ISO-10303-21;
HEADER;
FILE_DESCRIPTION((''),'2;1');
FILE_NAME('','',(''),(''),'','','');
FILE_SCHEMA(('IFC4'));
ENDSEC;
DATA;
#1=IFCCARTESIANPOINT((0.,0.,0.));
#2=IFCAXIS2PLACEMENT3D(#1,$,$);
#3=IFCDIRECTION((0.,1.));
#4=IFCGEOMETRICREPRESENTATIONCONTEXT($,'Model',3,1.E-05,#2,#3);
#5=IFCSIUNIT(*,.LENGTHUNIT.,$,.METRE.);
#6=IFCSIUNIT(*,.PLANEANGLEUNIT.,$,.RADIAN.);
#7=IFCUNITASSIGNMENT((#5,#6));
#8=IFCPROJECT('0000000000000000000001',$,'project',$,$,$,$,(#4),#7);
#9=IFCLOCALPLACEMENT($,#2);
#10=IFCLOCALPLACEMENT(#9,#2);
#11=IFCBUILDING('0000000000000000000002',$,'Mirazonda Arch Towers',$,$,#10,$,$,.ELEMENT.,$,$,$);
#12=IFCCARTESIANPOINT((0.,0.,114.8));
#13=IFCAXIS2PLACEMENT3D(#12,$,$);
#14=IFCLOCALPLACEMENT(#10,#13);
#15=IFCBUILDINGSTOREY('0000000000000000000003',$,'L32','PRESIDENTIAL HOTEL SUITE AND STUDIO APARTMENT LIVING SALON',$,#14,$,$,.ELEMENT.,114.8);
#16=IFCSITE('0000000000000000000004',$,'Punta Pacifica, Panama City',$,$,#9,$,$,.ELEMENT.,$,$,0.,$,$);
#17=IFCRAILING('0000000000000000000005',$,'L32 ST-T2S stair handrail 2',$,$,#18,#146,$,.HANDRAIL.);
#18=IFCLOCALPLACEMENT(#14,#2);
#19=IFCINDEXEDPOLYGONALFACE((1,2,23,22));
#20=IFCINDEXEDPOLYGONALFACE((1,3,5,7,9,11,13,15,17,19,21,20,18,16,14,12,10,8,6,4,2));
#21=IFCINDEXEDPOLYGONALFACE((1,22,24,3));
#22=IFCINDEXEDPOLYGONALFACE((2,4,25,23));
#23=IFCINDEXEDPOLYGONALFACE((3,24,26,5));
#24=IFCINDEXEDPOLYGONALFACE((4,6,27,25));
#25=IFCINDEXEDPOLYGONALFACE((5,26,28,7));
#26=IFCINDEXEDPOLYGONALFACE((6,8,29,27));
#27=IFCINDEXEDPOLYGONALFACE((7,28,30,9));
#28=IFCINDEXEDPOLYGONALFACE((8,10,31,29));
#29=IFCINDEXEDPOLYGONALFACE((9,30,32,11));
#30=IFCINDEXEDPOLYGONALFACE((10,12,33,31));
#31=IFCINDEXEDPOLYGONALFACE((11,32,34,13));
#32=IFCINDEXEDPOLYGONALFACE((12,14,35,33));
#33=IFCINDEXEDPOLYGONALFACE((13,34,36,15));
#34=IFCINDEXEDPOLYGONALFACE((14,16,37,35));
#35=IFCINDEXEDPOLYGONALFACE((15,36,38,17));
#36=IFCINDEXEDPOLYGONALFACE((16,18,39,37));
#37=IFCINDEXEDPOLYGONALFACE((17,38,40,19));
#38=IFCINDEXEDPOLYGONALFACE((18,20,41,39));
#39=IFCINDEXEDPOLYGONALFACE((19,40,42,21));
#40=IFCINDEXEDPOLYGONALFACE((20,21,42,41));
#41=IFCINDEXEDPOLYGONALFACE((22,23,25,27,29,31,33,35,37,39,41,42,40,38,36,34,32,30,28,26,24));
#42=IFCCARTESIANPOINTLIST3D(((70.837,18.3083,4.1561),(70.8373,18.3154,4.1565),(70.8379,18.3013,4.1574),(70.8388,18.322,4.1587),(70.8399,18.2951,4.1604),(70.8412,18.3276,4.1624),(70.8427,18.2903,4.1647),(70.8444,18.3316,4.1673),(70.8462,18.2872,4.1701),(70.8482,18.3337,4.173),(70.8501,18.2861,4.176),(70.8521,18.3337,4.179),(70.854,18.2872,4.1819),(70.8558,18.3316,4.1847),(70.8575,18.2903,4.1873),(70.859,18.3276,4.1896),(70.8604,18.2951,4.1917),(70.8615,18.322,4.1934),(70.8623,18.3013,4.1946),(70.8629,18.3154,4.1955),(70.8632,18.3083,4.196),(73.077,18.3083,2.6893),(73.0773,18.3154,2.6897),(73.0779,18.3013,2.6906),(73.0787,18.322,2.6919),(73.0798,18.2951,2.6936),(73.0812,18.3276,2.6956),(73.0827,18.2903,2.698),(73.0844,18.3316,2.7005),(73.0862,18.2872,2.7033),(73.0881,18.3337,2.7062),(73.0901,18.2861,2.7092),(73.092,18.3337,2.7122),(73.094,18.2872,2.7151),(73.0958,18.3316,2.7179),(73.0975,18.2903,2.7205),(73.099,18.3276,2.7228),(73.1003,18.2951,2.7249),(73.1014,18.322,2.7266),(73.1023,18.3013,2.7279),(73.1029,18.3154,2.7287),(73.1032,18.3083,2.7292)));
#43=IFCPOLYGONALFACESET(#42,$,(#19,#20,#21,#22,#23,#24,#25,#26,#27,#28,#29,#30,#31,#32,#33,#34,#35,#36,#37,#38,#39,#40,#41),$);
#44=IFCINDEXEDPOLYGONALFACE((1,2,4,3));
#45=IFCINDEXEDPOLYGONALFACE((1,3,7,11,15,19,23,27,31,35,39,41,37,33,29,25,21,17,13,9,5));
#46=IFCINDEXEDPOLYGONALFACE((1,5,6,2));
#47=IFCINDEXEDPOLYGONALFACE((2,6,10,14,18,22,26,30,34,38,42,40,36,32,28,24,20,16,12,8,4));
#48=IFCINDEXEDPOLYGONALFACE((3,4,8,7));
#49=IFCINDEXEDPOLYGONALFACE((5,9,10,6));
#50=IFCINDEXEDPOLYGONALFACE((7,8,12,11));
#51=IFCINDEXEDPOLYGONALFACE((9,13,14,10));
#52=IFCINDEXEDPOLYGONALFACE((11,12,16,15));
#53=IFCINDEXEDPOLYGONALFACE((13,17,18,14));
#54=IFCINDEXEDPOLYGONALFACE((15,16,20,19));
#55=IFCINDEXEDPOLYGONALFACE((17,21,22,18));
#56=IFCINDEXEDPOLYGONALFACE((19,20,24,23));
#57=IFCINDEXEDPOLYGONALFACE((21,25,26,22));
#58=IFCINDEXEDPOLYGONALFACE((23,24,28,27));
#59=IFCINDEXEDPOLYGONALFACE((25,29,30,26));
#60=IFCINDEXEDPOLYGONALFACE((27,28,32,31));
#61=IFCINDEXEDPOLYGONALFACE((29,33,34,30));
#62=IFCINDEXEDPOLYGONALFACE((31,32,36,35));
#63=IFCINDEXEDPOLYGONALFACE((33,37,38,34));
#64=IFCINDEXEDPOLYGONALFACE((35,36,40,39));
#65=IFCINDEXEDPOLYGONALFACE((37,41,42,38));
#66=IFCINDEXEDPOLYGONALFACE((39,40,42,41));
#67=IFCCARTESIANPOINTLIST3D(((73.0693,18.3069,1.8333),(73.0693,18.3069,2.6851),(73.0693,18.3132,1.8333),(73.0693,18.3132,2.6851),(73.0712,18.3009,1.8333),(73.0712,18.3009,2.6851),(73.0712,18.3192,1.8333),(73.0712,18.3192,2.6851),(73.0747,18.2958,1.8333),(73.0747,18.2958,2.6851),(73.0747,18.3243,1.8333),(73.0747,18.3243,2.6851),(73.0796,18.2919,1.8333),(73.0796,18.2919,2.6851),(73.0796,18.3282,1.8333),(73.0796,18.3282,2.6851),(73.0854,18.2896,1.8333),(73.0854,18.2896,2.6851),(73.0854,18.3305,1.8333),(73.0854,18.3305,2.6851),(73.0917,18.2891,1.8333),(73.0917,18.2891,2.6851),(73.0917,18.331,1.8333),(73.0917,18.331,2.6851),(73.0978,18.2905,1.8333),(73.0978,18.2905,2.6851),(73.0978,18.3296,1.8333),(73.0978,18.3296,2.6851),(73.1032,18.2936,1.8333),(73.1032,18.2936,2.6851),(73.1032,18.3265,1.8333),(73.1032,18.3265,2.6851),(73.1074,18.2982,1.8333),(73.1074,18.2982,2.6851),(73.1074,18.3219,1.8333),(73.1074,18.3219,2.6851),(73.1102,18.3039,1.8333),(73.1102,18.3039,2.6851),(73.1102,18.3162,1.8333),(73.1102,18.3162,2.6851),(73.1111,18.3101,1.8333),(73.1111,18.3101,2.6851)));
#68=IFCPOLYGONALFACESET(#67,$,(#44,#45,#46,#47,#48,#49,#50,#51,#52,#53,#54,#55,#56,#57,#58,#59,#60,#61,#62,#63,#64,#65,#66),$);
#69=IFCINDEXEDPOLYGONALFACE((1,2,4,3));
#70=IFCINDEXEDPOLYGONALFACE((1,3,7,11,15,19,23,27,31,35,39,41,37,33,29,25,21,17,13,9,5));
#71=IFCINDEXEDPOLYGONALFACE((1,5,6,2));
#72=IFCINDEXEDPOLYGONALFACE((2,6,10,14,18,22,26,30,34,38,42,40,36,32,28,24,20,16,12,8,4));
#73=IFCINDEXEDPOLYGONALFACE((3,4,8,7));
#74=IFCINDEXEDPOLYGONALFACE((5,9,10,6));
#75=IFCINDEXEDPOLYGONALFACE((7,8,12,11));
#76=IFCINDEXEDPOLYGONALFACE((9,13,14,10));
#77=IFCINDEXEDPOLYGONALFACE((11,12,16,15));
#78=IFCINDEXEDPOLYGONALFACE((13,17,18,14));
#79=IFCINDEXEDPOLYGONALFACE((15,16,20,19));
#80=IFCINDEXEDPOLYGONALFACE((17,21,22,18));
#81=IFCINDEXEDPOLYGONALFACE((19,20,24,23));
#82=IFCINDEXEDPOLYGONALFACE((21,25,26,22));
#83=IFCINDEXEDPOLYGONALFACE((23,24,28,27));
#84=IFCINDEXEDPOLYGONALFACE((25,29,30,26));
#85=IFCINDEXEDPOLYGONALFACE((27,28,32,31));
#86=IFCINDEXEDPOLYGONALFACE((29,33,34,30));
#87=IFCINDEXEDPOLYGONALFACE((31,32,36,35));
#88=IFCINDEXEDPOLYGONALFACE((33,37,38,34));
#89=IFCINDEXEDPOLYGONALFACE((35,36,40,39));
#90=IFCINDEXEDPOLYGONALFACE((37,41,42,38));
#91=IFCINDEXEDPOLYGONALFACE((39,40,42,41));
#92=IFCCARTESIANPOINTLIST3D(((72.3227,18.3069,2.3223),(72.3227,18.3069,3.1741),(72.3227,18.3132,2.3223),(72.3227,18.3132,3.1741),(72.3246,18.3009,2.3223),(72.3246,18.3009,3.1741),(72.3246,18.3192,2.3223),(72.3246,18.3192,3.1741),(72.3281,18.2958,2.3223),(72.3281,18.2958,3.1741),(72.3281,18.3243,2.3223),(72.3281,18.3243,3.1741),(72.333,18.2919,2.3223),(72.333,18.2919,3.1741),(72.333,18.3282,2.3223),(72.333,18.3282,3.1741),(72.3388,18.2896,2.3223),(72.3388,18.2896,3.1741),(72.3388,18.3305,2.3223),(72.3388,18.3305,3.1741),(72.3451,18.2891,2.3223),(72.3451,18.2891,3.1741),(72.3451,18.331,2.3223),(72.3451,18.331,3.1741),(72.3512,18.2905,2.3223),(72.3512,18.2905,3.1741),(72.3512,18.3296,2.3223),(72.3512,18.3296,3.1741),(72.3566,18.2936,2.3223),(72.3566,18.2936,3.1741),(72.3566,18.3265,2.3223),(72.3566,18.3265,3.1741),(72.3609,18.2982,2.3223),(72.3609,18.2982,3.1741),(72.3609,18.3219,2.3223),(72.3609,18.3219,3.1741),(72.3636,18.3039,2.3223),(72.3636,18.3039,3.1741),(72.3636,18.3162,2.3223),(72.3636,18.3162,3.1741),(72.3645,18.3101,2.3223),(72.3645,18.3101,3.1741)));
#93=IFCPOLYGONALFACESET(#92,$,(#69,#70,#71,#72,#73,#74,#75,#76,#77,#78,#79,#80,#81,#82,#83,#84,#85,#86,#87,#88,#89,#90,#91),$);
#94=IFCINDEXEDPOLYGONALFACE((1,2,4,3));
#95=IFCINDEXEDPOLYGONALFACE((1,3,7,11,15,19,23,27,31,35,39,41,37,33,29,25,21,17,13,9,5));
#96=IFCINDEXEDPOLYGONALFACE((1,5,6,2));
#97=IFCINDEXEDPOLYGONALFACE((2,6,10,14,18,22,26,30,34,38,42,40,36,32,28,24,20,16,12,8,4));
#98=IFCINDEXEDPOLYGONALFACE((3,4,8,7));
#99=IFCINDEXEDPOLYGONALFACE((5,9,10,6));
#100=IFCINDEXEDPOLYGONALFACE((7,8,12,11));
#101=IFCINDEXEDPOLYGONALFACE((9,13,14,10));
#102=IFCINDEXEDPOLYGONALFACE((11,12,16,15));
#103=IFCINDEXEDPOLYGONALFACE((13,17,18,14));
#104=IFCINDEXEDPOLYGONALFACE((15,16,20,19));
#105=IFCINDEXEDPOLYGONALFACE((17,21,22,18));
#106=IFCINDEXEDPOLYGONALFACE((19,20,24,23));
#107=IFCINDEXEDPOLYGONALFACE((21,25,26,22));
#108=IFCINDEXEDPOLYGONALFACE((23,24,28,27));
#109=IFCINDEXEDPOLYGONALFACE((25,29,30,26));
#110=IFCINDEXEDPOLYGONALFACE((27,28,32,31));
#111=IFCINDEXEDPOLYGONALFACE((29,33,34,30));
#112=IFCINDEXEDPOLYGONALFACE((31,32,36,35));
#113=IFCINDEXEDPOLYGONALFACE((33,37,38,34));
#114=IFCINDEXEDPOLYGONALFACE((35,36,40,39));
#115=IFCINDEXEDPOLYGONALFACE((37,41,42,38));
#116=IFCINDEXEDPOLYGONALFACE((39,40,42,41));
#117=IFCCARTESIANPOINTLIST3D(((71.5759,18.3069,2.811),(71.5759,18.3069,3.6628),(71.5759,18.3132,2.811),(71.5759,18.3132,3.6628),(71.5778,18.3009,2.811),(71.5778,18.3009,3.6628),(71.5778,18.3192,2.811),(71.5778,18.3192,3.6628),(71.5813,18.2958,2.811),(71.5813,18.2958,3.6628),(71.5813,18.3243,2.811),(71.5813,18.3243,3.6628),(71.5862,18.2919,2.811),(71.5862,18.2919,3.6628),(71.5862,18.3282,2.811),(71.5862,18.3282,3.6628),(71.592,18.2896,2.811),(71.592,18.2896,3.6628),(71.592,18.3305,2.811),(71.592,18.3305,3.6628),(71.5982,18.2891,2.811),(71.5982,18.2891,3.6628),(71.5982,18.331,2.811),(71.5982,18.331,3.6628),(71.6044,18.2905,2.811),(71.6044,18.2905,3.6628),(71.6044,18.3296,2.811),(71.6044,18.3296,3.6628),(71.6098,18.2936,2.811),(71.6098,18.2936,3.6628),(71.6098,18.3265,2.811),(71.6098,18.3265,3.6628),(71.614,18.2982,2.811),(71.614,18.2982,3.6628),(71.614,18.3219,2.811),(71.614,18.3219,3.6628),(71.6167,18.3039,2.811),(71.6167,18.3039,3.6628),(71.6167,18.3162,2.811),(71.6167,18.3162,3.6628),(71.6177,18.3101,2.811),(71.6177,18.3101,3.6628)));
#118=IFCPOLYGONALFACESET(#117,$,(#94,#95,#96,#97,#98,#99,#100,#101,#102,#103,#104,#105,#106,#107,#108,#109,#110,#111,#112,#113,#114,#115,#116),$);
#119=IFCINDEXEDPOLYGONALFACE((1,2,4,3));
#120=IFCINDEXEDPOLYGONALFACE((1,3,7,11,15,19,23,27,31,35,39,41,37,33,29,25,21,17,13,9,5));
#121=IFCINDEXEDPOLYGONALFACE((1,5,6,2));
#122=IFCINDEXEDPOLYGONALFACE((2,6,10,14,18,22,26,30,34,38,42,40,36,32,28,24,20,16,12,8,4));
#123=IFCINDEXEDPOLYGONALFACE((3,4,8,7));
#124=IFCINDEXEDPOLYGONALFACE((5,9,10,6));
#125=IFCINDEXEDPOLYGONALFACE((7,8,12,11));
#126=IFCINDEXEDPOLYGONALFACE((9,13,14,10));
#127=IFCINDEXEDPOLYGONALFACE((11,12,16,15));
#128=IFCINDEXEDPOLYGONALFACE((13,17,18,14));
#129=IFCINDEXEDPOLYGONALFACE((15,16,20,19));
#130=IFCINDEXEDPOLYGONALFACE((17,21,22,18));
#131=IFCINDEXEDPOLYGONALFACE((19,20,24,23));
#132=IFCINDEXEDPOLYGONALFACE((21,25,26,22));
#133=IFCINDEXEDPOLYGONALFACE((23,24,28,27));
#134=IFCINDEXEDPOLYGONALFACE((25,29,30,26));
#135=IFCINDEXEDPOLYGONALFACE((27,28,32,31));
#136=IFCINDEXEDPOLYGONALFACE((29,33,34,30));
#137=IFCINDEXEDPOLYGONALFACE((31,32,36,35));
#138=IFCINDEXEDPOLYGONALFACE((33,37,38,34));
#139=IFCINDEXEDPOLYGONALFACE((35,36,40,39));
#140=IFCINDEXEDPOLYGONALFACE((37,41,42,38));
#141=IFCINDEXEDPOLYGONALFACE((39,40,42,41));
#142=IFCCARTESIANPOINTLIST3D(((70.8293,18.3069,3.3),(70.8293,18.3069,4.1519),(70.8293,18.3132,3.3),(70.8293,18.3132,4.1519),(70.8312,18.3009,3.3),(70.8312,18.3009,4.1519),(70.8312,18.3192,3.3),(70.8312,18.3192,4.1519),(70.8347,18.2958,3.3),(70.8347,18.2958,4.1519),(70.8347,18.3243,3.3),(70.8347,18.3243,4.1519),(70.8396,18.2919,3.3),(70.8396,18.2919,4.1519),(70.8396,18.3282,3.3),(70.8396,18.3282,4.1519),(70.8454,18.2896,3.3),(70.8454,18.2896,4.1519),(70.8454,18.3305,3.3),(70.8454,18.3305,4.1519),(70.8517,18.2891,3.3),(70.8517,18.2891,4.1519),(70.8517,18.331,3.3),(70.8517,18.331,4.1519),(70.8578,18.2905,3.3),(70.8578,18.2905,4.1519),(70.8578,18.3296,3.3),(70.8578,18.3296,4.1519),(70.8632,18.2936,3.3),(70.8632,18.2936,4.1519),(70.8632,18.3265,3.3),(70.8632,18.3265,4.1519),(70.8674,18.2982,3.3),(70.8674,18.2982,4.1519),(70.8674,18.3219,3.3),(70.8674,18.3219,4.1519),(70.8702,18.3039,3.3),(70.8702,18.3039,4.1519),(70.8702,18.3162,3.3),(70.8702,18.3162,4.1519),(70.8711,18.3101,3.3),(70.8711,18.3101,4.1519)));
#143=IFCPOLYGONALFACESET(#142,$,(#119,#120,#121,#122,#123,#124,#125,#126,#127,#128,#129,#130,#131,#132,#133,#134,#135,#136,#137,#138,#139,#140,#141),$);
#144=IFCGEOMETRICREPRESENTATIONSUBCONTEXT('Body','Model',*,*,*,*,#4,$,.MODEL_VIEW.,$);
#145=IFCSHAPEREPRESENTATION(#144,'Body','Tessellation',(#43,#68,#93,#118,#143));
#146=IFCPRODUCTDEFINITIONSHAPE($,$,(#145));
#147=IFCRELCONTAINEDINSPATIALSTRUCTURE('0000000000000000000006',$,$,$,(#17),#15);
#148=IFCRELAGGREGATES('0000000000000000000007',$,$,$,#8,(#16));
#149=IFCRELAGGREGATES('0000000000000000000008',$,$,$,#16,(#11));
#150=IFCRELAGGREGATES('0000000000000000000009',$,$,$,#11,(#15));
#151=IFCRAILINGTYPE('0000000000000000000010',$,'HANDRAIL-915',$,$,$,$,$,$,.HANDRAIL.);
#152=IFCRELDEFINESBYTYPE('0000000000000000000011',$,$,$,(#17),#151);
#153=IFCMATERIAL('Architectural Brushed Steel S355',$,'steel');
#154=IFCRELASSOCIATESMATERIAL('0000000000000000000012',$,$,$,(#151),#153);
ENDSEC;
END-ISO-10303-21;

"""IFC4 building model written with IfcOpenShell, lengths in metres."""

from ifc_helpers import new_model, si_unit, direction, frame, origin, origin_2d, place, context, subcontext, project, spatial, circle, extrude, material, type_object, element, save


model = new_model("IFC4")

# Units and contexts
model_context = context("Model", 3, precision=1e-05, world=origin(), true_north=direction((0.0, 1.0)))
body_context = subcontext(model_context, "Body", "Model", "MODEL_VIEW")
ifc_project = project(units=[si_unit("LENGTHUNIT", "METRE"), si_unit("PLANEANGLEUNIT", "RADIAN")], contexts=[model_context])

# Site, building, storey
site_placement = place(None, origin())
site = spatial("IfcSite", under=ifc_project, at=site_placement, Name="Punta Pacifica, Panama City", CompositionType="ELEMENT", RefElevation=0.0)
building_placement = place(site_placement, origin())
building = spatial("IfcBuilding", under=site, at=building_placement, Name="Mirazonda Arch Towers", CompositionType="ELEMENT")
storey_placement = place(building_placement, frame((0.0, 0.0, 114.8)))
storey = spatial("IfcBuildingStorey", under=building, at=storey_placement, Name="L32", Description="PRESIDENTIAL HOTEL SUITE AND STUDIO APARTMENT LIVING SALON", CompositionType="ELEMENT", Elevation=114.8)

# Railing
ifc_material_1 = material(Name="Architectural Brushed Steel S355", Category="steel")
railing_type_1 = type_object("IfcRailingType", Name="HANDRAIL-915", PredefinedType="HANDRAIL", material=ifc_material_1)
railing_1_placement = place(storey_placement, frame((73.0901, 18.3101, 1.8333)))
element("IfcRailing", 1, at=railing_1_placement, inside=storey, type_object=railing_type_1, Name="L32 ST-T2S stair handrail 2", PredefinedType="HANDRAIL", context=body_context, shape_type="SweptSolid", body=[
    extrude(circle(Radius=0.0239, at=origin_2d()), frame((0.0, 0.0, 0.876), z_axis=(-0.836595, 0.0, 0.547822), x_axis=(0.0, -1.0, 0.0)), (0.0, 0.0, 1.0), 2.6775),
    extrude(circle(Radius=0.021, at=origin_2d()), origin(), (0.0, 0.0, 1.0), 0.8518),
    extrude(circle(Radius=0.021, at=origin_2d()), frame((-0.7466, 0.0, 0.489)), (0.0, 0.0, 1.0), 0.8518),
    extrude(circle(Radius=0.021, at=origin_2d()), frame((-1.4934, 0.0, 0.9778)), (0.0, 0.0, 1.0), 0.8518),
    extrude(circle(Radius=0.021, at=origin_2d()), frame((-2.24, 0.0, 1.4668)), (0.0, 0.0, 1.0), 0.8518),
])

save(model, "model.ifc")
